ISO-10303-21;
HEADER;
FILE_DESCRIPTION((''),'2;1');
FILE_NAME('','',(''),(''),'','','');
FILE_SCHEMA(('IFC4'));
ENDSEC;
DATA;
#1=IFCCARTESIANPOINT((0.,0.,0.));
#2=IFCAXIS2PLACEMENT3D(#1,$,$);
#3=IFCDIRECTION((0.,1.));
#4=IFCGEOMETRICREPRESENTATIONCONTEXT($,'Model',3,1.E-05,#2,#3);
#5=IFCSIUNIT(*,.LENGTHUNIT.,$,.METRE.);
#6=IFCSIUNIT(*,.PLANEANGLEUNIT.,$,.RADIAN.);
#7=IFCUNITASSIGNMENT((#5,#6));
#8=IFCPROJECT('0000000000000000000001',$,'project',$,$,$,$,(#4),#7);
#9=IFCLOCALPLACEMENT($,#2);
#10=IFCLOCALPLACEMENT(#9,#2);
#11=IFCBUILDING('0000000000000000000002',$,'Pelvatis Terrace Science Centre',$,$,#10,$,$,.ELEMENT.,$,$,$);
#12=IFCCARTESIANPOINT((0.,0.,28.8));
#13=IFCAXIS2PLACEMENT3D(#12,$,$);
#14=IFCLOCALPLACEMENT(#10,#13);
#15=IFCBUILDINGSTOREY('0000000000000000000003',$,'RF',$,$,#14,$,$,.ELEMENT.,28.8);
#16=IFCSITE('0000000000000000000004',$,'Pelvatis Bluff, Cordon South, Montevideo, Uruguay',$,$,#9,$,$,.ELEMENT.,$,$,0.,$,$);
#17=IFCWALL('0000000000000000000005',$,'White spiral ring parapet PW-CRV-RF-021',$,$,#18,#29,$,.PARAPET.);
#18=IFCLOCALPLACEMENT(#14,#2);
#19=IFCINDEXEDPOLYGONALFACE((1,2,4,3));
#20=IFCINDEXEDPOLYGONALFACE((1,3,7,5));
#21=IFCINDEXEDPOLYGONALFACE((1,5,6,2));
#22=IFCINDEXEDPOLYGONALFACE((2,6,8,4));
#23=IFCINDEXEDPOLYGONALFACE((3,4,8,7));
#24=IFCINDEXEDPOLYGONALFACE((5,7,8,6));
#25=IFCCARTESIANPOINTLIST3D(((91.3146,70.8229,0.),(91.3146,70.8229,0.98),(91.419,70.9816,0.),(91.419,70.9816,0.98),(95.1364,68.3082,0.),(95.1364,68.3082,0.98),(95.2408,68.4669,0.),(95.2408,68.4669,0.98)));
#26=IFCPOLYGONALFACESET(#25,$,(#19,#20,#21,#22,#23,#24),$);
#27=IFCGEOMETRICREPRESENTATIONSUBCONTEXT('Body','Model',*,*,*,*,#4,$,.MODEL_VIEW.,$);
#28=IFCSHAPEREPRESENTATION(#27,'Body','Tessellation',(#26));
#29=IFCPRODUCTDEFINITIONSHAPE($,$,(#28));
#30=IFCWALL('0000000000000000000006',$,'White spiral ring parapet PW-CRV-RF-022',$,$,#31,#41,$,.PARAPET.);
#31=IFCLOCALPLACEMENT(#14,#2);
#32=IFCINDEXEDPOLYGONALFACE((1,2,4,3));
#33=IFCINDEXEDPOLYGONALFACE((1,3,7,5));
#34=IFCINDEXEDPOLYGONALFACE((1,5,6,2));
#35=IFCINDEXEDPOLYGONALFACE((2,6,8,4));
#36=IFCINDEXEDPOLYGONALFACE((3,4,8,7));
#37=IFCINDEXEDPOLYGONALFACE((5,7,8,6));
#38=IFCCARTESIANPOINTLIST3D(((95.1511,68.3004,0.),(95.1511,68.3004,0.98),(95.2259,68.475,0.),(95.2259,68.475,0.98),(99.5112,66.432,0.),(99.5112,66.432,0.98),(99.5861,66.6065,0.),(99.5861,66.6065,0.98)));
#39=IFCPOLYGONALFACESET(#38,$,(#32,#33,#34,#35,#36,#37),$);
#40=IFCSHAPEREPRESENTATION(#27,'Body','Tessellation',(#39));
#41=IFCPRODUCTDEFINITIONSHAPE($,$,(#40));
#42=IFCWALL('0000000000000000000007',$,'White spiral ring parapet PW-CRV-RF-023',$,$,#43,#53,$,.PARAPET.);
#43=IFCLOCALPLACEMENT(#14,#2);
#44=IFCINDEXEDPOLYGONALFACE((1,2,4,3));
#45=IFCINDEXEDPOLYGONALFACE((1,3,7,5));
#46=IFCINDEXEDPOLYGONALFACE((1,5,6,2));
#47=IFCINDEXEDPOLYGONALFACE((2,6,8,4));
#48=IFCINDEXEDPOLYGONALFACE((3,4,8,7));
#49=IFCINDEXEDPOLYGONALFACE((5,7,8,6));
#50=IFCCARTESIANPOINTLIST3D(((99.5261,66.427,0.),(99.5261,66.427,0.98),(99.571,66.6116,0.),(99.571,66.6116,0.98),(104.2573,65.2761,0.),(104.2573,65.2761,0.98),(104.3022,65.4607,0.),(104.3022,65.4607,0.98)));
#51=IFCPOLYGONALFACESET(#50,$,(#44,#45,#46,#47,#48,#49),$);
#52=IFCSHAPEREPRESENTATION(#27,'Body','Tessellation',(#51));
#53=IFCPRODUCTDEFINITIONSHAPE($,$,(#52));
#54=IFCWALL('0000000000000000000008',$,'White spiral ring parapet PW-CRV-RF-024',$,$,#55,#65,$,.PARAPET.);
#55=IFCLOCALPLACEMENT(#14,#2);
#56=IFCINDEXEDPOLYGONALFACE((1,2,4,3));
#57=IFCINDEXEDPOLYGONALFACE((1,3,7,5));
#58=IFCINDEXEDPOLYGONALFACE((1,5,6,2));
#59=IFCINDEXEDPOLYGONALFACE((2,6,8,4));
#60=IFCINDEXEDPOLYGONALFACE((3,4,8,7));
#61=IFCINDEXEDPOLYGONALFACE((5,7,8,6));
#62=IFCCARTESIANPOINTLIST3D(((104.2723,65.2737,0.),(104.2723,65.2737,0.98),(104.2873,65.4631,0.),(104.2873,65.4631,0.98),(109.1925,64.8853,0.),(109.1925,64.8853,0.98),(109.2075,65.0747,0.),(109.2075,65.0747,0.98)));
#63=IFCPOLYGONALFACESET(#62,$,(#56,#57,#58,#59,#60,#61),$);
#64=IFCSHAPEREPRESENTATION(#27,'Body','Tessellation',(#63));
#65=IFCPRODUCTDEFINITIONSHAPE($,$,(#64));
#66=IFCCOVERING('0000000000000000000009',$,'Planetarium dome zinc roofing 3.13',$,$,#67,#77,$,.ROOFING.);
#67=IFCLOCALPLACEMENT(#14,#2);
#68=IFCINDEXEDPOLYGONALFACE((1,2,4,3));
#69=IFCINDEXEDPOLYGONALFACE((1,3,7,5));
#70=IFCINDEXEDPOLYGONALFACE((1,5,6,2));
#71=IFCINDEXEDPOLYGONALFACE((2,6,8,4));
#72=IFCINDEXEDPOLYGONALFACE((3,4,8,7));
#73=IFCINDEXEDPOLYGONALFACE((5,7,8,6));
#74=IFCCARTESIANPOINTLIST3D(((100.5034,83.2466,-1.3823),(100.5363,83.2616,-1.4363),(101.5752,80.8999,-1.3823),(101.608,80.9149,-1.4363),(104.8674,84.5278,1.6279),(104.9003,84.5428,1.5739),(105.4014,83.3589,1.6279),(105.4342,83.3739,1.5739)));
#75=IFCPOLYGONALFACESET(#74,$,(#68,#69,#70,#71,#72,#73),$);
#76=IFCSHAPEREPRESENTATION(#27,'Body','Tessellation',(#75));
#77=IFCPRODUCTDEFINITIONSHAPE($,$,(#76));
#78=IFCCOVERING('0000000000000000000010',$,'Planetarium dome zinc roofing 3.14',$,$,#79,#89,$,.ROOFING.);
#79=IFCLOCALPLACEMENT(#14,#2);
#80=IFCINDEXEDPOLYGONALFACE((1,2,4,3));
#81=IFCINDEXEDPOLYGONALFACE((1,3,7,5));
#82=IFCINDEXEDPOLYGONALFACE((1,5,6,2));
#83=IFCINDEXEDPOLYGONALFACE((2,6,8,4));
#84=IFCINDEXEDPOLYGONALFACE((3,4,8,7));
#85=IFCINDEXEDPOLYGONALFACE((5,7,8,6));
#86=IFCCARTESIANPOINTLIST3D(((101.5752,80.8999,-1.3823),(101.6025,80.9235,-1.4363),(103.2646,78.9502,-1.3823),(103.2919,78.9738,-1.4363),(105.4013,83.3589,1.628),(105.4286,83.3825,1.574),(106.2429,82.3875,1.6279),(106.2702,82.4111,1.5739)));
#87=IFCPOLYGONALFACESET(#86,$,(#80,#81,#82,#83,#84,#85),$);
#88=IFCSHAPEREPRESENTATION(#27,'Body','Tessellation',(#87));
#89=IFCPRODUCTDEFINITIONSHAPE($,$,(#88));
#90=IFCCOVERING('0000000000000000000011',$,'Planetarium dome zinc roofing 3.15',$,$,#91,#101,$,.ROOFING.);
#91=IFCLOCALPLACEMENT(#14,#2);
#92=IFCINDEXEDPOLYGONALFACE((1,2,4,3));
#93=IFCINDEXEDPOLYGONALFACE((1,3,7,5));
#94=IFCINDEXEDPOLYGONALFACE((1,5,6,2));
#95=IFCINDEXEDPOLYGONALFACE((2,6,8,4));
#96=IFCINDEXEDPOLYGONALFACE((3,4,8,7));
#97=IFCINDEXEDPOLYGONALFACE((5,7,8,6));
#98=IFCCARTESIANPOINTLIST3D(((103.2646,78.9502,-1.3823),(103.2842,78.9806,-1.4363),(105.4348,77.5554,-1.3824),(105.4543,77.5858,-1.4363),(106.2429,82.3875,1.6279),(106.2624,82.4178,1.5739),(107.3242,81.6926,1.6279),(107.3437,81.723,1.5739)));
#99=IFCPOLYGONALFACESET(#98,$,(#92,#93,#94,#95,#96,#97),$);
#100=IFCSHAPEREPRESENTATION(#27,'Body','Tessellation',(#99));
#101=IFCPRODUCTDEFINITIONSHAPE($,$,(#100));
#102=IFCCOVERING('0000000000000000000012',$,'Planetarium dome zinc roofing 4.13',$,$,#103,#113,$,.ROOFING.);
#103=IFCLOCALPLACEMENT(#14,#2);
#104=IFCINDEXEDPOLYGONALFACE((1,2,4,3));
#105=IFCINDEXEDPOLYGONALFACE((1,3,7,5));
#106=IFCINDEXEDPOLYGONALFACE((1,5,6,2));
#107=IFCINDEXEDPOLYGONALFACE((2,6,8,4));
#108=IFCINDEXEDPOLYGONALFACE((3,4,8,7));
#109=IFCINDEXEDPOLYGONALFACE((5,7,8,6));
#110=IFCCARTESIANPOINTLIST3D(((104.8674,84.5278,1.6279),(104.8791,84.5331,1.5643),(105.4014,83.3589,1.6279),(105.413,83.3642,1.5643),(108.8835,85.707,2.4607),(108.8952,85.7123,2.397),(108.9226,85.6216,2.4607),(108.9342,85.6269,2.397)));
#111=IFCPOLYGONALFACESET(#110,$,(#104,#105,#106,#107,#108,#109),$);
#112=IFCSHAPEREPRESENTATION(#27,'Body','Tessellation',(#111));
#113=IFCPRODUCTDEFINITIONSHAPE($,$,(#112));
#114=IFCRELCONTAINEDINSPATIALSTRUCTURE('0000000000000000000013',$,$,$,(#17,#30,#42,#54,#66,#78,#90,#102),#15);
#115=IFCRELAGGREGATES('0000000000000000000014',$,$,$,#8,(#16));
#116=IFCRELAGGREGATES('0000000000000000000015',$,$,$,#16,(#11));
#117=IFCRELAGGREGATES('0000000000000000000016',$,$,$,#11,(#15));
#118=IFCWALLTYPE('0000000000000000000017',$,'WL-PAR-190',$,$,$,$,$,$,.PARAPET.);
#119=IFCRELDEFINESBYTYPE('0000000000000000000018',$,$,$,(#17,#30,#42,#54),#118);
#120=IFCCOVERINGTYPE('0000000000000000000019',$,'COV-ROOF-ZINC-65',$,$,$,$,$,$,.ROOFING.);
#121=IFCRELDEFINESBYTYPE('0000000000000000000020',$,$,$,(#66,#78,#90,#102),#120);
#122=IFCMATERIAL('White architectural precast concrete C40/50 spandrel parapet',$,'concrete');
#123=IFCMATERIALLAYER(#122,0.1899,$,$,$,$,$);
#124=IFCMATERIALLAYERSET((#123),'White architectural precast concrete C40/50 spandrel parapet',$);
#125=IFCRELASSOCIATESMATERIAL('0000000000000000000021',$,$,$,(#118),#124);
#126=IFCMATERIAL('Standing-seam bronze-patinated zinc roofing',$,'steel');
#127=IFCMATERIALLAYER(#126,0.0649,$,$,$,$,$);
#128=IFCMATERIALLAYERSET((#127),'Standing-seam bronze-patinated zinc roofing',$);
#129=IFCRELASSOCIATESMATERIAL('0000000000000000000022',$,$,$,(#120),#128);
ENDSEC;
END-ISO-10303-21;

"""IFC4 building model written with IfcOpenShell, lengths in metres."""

from ifc_helpers import new_model, si_unit, direction, frame, frame_2d, origin, place, context, subcontext, project, spatial, polyline, rectangle, outline, extrude, material, layer, layer_set, type_object, element, save


model = new_model("IFC4")

# Units and contexts
model_context = context("Model", 3, precision=1e-05, world=origin(), true_north=direction((0.0, 1.0)))
body_context = subcontext(model_context, "Body", "Model", "MODEL_VIEW")
ifc_project = project(units=[si_unit("LENGTHUNIT", "METRE"), si_unit("PLANEANGLEUNIT", "RADIAN")], contexts=[model_context])

# Site, building, storey
site_placement = place(None, origin())
site = spatial("IfcSite", under=ifc_project, at=site_placement, Name="Pelvatis Bluff, Cordon South, Montevideo, Uruguay", CompositionType="ELEMENT", RefElevation=0.0)
building_placement = place(site_placement, origin())
building = spatial("IfcBuilding", under=site, at=building_placement, Name="Pelvatis Terrace Science Centre", CompositionType="ELEMENT")
storey_placement = place(building_placement, frame((0.0, 0.0, 28.8)))
storey = spatial("IfcBuildingStorey", under=building, at=storey_placement, Name="RF", CompositionType="ELEMENT", Elevation=28.8)

# Walls
ifc_material_1 = material(Name="White architectural precast concrete C40/50 spandrel parapet", Category="concrete")
ifc_layer_1 = layer(ifc_material_1, 0.1899)
ifc_layer_set_1 = layer_set([ifc_layer_1], Name="White architectural precast concrete C40/50 spandrel parapet")
wall_type = type_object("IfcWallType", Name="WL-PAR-190", PredefinedType="PARAPET", material=ifc_layer_set_1)
wall_1_placement = place(storey_placement, frame((91.3667, 70.9023, 0.0), z_axis=(0.0, 0.0, 1.0), x_axis=(0.835385, -0.549666, 0.0)))
element("IfcWall", 1, at=wall_1_placement, inside=storey, type_object=wall_type, Name="White spiral ring parapet PW-CRV-RF-021", PredefinedType="PARAPET", context=body_context, shape_type="SweptSolid", body=[
    extrude(rectangle(XDim=4.575, YDim=0.1899, at=frame_2d((2.2876, 0.0))), origin(), (0.0, 0.0, 1.0), 0.98),
])
wall_2_placement = place(storey_placement, frame((95.1885, 68.3877, 0.0), z_axis=(0.0, 0.0, 1.0), x_axis=(0.919161, -0.393882, 0.0)))
element("IfcWall", 2, at=wall_2_placement, inside=storey, type_object=wall_type, Name="White spiral ring parapet PW-CRV-RF-022", PredefinedType="PARAPET", context=body_context, shape_type="SweptSolid", body=[
    extrude(rectangle(XDim=4.7437, YDim=0.1899, at=frame_2d((2.3718, 0.0))), origin(), (0.0, 0.0, 1.0), 0.98),
])
wall_3_placement = place(storey_placement, frame((99.5486, 66.5193, 0.0), z_axis=(0.0, 0.0, 1.0), x_axis=(0.971665, -0.236361, 0.0)))
element("IfcWall", 3, at=wall_3_placement, inside=storey, type_object=wall_type, Name="White spiral ring parapet PW-CRV-RF-023", PredefinedType="PARAPET", context=body_context, shape_type="SweptSolid", body=[
    extrude(rectangle(XDim=4.8691, YDim=0.1899, at=frame_2d((2.4346, 0.0))), origin(), (0.0, 0.0, 1.0), 0.98),
])
wall_4_placement = place(storey_placement, frame((104.2798, 65.3684, 0.0), z_axis=(0.0, 0.0, 1.0), x_axis=(0.996898, -0.078701, 0.0)))
element("IfcWall", 4, at=wall_4_placement, inside=storey, type_object=wall_type, Name="White spiral ring parapet PW-CRV-RF-024", PredefinedType="PARAPET", context=body_context, shape_type="SweptSolid", body=[
    extrude(rectangle(XDim=4.9355, YDim=0.1899, at=frame_2d((2.4678, 0.0))), origin(), (0.0, 0.0, 1.0), 0.98),
])

# Coverings
ifc_material_2 = material(Name="Standing-seam bronze-patinated zinc roofing", Category="steel")
ifc_layer_2 = layer(ifc_material_2, 0.0649)
ifc_layer_set_2 = layer_set([ifc_layer_2], Name="Standing-seam bronze-patinated zinc roofing")
covering_type = type_object("IfcCoveringType", Name="COV-ROOF-ZINC-65", PredefinedType="ROOFING", material=ifc_layer_set_2)
covering_1_placement = place(storey_placement, frame((100.5034, 83.2466, -1.3823), z_axis=(-0.505608, -0.230929, 0.831284), x_axis=(0.415446, -0.909618, -0.000006)))
element("IfcCovering", 5, at=covering_1_placement, inside=storey, type_object=covering_type, Name="Planetarium dome zinc roofing 3.13", PredefinedType="ROOFING", context=body_context, shape_type="SweptSolid", body=[
    extrude(outline(polyline([(0.0, 0.0), (2.5798, 0.0), (1.9327, 5.4156), (0.6475, 5.4156), (0.0, 0.0)])), origin(), (0.0, 0.0, -1.0), 0.0649),
])
covering_2_placement = place(storey_placement, frame((101.5752, 80.8999, -1.3823), z_axis=(-0.420099, -0.363992, 0.83128), x_axis=(0.654856, -0.755754, 0.000019)))
element("IfcCovering", 6, at=covering_2_placement, inside=storey, type_object=covering_type, Name="Planetarium dome zinc roofing 3.14", PredefinedType="ROOFING", context=body_context, shape_type="SweptSolid", body=[
    extrude(outline(polyline([(0.0, 0.0), (2.5798, 0.0), (1.9325, 5.4155), (0.6473, 5.4156), (0.0, 0.0)])), origin(), (0.0, 0.0, -1.0), 0.0649),
])
covering_3_placement = place(storey_placement, frame((103.2646, 78.9502, -1.3823), z_axis=(-0.300518, -0.467612, 0.831281), x_axis=(0.841242, -0.540659, -0.000013)))
element("IfcCovering", 7, at=covering_3_placement, inside=storey, type_object=covering_type, Name="Planetarium dome zinc roofing 3.15", PredefinedType="ROOFING", context=body_context, shape_type="SweptSolid", body=[
    extrude(outline(polyline([(0.0, 0.0), (2.5797, 0.0), (1.9323, 5.4156), (0.647, 5.4155), (0.0, 0.0)])), origin(), (0.0, 0.0, -1.0), 0.0649),
])
covering_4_placement = place(storey_placement, frame((104.8674, 84.5278, 1.6279), z_axis=(-0.179247, -0.081879, 0.980391), x_axis=(0.415478, -0.909603, -0.000004)))
element("IfcCovering", 8, at=covering_4_placement, inside=storey, type_object=covering_type, Name="Planetarium dome zinc roofing 4.13", PredefinedType="ROOFING", context=body_context, shape_type="SweptSolid", body=[
    extrude(outline(polyline([(0.0, 0.0), (1.2851, 0.0), (0.69, 4.2259), (0.596, 4.2259), (0.0, 0.0)])), origin(), (0.0, 0.0, -1.0), 0.0649),
])

save(model, "model.ifc")
